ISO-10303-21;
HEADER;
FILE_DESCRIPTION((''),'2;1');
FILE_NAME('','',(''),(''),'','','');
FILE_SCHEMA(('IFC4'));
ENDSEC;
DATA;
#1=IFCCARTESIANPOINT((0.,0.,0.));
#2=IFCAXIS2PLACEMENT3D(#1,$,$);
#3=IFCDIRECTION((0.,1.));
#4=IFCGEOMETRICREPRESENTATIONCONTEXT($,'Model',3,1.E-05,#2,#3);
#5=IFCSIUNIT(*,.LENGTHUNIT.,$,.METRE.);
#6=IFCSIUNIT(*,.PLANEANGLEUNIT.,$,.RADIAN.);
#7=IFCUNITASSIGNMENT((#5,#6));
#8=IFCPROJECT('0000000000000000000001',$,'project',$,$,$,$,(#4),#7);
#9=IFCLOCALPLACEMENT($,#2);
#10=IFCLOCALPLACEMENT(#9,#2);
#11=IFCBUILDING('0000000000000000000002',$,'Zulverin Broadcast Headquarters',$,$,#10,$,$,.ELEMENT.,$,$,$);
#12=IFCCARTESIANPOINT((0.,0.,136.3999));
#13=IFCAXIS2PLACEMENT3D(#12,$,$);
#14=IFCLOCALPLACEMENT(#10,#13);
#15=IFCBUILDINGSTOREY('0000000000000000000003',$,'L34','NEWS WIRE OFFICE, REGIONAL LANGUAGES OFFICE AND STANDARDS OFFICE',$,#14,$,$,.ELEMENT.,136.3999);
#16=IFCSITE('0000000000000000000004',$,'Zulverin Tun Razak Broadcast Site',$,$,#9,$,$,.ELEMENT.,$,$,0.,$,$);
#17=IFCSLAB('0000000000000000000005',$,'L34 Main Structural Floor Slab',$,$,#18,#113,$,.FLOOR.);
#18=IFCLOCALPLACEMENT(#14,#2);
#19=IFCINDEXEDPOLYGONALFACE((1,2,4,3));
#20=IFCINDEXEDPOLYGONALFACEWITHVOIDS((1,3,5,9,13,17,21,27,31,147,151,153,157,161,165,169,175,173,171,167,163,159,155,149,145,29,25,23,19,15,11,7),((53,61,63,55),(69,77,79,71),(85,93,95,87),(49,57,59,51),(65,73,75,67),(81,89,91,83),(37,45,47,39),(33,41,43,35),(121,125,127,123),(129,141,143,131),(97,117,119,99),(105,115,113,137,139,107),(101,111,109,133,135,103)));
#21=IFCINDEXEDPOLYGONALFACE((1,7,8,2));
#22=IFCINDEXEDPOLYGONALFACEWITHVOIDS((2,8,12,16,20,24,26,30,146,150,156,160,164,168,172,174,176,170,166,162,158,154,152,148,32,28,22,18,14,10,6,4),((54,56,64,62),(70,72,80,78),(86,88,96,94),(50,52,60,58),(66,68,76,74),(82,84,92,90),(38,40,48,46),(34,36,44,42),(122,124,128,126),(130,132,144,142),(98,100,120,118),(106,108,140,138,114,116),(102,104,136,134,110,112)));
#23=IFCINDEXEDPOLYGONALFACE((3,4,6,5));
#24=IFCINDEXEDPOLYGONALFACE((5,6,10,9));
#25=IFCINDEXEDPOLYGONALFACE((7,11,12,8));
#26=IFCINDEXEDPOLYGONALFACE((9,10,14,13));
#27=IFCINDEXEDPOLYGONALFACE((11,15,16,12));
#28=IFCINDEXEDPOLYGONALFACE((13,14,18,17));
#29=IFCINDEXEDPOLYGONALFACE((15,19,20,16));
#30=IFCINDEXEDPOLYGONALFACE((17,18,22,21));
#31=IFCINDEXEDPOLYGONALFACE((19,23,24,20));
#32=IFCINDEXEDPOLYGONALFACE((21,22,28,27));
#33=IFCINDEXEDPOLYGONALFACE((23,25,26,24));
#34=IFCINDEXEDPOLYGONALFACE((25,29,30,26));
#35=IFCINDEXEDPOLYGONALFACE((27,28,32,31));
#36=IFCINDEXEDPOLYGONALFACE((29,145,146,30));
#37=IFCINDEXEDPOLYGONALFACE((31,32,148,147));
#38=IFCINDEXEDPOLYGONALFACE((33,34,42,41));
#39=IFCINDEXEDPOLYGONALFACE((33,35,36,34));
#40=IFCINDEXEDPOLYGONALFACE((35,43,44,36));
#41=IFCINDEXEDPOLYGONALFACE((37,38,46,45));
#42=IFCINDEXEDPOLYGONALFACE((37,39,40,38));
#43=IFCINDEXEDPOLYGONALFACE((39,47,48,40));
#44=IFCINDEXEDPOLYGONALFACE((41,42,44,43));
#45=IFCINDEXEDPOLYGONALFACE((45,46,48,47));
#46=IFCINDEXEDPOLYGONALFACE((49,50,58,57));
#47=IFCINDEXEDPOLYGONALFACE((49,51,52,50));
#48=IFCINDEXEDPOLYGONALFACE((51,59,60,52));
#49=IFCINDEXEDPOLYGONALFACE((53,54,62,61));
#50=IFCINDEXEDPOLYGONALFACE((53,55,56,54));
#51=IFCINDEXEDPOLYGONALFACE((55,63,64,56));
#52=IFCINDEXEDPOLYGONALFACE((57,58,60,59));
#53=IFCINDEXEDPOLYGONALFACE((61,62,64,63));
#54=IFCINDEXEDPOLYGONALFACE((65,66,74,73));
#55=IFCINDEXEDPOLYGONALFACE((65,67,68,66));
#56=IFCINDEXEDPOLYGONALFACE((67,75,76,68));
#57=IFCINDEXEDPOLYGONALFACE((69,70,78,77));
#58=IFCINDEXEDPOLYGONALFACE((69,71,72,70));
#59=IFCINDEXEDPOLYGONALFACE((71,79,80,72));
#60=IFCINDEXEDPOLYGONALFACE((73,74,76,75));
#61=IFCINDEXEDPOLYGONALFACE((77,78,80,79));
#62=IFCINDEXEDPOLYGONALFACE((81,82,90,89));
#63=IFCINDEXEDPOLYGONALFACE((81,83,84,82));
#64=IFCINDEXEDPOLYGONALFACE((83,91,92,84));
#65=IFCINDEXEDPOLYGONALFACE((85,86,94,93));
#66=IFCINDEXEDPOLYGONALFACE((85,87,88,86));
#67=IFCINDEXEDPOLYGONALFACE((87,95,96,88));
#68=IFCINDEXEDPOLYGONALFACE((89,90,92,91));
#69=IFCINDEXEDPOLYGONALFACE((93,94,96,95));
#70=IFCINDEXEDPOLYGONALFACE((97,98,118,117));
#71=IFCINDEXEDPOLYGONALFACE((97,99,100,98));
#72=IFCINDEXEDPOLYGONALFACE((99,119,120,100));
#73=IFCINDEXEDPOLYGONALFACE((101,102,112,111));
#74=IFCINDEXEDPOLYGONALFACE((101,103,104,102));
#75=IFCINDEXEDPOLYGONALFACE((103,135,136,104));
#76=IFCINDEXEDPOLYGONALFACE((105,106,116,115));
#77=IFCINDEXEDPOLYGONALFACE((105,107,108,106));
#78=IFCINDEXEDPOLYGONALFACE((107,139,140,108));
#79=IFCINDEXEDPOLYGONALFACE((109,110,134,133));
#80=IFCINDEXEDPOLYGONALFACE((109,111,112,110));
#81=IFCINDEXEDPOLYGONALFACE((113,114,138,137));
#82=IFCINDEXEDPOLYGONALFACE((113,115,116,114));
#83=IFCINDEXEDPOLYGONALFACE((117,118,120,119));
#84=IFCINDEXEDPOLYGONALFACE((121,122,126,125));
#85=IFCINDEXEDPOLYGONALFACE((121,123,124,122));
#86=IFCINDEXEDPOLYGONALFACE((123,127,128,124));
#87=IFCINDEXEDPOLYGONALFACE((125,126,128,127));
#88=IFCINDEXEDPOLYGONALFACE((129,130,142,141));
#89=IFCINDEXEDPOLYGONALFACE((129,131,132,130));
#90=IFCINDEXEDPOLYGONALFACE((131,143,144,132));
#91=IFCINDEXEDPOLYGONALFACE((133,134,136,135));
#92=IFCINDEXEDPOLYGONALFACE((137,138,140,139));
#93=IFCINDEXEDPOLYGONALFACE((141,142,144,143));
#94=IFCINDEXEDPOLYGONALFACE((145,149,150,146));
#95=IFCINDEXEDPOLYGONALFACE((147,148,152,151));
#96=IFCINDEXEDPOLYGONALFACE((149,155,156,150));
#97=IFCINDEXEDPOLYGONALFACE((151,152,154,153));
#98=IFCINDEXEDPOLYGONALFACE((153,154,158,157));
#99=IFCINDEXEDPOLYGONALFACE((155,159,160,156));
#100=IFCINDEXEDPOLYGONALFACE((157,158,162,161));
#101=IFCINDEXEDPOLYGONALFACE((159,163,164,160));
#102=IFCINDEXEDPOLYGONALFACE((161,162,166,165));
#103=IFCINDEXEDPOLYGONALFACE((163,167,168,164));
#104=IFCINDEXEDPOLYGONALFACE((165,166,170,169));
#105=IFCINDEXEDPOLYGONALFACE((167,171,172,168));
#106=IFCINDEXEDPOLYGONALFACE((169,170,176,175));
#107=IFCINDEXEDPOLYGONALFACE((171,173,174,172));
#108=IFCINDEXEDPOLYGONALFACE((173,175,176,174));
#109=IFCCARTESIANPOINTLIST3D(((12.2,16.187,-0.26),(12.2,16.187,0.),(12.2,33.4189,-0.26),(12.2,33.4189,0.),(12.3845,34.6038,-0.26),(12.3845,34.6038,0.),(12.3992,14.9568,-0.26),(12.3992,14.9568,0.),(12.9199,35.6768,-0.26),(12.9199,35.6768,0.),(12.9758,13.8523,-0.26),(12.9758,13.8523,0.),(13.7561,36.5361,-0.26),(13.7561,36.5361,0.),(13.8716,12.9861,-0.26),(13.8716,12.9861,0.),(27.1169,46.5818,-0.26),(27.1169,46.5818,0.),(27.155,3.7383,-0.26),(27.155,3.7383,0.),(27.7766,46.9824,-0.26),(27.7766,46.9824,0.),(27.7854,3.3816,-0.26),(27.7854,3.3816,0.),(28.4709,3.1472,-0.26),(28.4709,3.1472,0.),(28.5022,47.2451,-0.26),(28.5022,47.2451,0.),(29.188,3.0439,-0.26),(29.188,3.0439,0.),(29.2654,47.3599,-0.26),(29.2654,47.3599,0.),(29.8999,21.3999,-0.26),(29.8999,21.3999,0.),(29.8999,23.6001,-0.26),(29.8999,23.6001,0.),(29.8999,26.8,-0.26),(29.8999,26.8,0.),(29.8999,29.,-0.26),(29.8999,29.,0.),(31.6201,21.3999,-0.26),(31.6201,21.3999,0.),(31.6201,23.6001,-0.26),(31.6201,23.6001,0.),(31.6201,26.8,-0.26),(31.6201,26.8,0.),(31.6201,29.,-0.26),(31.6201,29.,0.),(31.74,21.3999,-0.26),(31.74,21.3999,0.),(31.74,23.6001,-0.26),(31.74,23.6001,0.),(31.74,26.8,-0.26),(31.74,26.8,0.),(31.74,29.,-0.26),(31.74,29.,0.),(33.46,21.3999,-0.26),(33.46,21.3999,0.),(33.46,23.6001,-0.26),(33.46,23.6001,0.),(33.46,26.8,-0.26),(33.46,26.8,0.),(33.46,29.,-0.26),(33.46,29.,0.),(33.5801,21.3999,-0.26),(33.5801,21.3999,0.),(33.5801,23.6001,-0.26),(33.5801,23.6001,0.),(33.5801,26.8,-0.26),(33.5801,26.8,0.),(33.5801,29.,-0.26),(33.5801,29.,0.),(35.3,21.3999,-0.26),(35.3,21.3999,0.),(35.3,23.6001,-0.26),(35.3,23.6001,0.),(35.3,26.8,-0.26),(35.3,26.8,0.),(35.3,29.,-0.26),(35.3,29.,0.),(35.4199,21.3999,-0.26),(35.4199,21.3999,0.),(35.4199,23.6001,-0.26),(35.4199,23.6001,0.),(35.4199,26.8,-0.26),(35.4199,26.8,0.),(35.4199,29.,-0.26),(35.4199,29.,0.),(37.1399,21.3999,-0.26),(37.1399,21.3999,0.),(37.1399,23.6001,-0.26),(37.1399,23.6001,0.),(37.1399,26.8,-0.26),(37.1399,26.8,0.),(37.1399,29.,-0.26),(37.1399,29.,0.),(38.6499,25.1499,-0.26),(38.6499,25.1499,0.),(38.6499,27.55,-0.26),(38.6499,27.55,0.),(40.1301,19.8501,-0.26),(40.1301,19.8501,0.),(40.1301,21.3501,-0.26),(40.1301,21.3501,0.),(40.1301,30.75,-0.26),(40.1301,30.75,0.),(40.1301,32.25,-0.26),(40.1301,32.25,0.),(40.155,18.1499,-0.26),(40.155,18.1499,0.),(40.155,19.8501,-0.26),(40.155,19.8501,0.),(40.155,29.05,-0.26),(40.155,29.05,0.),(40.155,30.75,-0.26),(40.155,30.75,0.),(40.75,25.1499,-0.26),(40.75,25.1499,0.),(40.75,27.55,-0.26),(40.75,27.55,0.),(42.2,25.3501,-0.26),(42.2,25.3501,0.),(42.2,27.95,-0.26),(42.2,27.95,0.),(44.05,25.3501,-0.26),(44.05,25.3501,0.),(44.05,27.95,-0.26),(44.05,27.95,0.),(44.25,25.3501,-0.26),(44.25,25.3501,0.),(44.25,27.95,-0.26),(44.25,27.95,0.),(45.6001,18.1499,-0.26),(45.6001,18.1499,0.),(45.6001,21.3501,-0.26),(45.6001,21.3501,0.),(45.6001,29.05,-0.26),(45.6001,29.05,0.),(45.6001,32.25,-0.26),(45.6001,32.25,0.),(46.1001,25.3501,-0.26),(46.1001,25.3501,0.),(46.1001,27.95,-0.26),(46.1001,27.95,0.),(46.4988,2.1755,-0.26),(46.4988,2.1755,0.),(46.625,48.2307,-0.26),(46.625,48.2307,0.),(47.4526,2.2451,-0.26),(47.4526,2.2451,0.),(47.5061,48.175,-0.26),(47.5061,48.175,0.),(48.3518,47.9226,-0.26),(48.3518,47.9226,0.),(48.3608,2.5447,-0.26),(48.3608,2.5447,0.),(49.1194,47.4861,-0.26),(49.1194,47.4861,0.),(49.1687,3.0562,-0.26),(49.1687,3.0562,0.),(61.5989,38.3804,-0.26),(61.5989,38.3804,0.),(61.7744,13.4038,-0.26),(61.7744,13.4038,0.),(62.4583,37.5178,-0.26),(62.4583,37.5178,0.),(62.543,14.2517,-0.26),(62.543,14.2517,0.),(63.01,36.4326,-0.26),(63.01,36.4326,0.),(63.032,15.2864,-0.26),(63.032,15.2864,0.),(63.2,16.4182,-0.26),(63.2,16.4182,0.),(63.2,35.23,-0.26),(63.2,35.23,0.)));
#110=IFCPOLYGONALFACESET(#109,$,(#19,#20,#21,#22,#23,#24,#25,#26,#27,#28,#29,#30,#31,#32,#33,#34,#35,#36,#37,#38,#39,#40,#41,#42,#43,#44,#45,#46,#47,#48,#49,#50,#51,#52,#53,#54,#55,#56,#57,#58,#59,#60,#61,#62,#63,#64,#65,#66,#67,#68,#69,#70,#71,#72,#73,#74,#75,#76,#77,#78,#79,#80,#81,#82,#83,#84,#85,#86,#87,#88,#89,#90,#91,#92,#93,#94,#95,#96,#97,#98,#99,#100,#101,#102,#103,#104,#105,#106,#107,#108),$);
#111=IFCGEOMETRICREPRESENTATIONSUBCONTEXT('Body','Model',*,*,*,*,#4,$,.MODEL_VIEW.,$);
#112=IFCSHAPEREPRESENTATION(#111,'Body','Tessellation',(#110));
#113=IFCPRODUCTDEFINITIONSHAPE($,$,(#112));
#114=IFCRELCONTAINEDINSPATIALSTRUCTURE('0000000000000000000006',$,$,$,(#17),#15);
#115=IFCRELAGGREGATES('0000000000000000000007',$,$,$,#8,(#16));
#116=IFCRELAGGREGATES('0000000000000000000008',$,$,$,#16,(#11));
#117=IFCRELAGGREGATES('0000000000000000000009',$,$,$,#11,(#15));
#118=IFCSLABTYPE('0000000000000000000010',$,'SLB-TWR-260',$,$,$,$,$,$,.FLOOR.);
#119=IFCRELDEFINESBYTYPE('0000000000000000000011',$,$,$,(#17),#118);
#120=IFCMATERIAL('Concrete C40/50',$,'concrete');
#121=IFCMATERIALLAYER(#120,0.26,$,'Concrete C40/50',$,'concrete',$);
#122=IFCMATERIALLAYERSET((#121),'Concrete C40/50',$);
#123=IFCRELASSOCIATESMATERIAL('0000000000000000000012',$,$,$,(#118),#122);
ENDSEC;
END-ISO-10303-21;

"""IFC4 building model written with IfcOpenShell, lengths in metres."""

from ifc_helpers import new_model, si_unit, direction, frame, origin, place, context, subcontext, project, spatial, polyline, outline, extrude, material, layer, layer_set, type_object, element, save


model = new_model("IFC4")

# Units and contexts
model_context = context("Model", 3, precision=1e-05, world=origin(), true_north=direction((0.0, 1.0)))
body_context = subcontext(model_context, "Body", "Model", "MODEL_VIEW")
ifc_project = project(units=[si_unit("LENGTHUNIT", "METRE"), si_unit("PLANEANGLEUNIT", "RADIAN")], contexts=[model_context])

# Site, building, storey
site_placement = place(None, origin())
site = spatial("IfcSite", under=ifc_project, at=site_placement, Name="Zulverin Tun Razak Broadcast Site", CompositionType="ELEMENT", RefElevation=0.0)
building_placement = place(site_placement, origin())
building = spatial("IfcBuilding", under=site, at=building_placement, Name="Zulverin Broadcast Headquarters", CompositionType="ELEMENT")
storey_placement = place(building_placement, frame((0.0, 0.0, 136.3999)))
storey = spatial("IfcBuildingStorey", under=building, at=storey_placement, Name="L34", Description="NEWS WIRE OFFICE, REGIONAL LANGUAGES OFFICE AND STANDARDS OFFICE", CompositionType="ELEMENT", Elevation=136.3999)

# Shared definitions
ifc_material_1 = material(Name="Concrete C40/50", Category="concrete")

# Slab
ifc_layer_1 = layer(ifc_material_1, 0.26, Name="Concrete C40/50", Category="concrete")
ifc_layer_set_1 = layer_set([ifc_layer_1], Name="Concrete C40/50")
slab_type_1 = type_object("IfcSlabType", Name="SLB-TWR-260", PredefinedType="FLOOR", material=ifc_layer_set_1)
slab_1_placement = place(storey_placement, frame((0.0, 0.0, -0.26)))
element("IfcSlab", 1, at=slab_1_placement, inside=storey, type_object=slab_type_1, Name="L34 Main Structural Floor Slab", PredefinedType="FLOOR", context=body_context, shape_type="SweptSolid", body=[
    extrude(outline(polyline([(27.155, 3.7383), (27.7854, 3.3816), (28.4709, 3.1472), (29.188, 3.0439), (46.4988, 2.1755), (47.4526, 2.2451), (48.3608, 2.5447), (49.1687, 3.0562), (61.7744, 13.4038), (62.543, 14.2517), (63.032, 15.2864), (63.2, 16.4182), (63.2, 35.23), (63.01, 36.4326), (62.4583, 37.5178), (61.5989, 38.3804), (49.1194, 47.4861), (48.3518, 47.9226), (47.5061, 48.175), (46.625, 48.2307), (29.2654, 47.3599), (28.5022, 47.2451), (27.7766, 46.9824), (27.1169, 46.5818), (13.7561, 36.5361), (12.9199, 35.6768), (12.3845, 34.6038), (12.2, 33.4189), (12.2, 16.187), (12.3992, 14.9568), (12.9758, 13.8523), (13.8716, 12.9861), (27.155, 3.7383)]), holes=[polyline([(40.155, 30.75), (40.1301, 30.75), (40.1301, 32.25), (45.6001, 32.25), (45.6001, 29.05), (40.155, 29.05), (40.155, 30.75)]), polyline([(40.155, 19.8501), (40.1301, 19.8501), (40.1301, 21.3501), (45.6001, 21.3501), (45.6001, 18.1499), (40.155, 18.1499), (40.155, 19.8501)]), polyline([(29.8999, 21.3999), (31.6201, 21.3999), (31.6201, 23.6001), (29.8999, 23.6001), (29.8999, 21.3999)]), polyline([(31.74, 21.3999), (33.46, 21.3999), (33.46, 23.6001), (31.74, 23.6001), (31.74, 21.3999)]), polyline([(33.5801, 21.3999), (35.3, 21.3999), (35.3, 23.6001), (33.5801, 23.6001), (33.5801, 21.3999)]), polyline([(35.4199, 21.3999), (37.1399, 21.3999), (37.1399, 23.6001), (35.4199, 23.6001), (35.4199, 21.3999)]), polyline([(29.8999, 26.8), (31.6201, 26.8), (31.6201, 29.0), (29.8999, 29.0), (29.8999, 26.8)]), polyline([(31.74, 26.8), (33.46, 26.8), (33.46, 29.0), (31.74, 29.0), (31.74, 26.8)]), polyline([(33.5801, 26.8), (35.3, 26.8), (35.3, 29.0), (33.5801, 29.0), (33.5801, 26.8)]), polyline([(35.4199, 26.8), (37.1399, 26.8), (37.1399, 29.0), (35.4199, 29.0), (35.4199, 26.8)]), polyline([(42.2, 25.3501), (44.05, 25.3501), (44.05, 27.95), (42.2, 27.95), (42.2, 25.3501)]), polyline([(44.25, 25.3501), (46.1001, 25.3501), (46.1001, 27.95), (44.25, 27.95), (44.25, 25.3501)]), polyline([(38.6499, 25.1499), (40.75, 25.1499), (40.75, 27.55), (38.6499, 27.55), (38.6499, 25.1499)])]), origin(), (0.0, 0.0, 1.0), 0.26),
])

save(model, "model.ifc")
